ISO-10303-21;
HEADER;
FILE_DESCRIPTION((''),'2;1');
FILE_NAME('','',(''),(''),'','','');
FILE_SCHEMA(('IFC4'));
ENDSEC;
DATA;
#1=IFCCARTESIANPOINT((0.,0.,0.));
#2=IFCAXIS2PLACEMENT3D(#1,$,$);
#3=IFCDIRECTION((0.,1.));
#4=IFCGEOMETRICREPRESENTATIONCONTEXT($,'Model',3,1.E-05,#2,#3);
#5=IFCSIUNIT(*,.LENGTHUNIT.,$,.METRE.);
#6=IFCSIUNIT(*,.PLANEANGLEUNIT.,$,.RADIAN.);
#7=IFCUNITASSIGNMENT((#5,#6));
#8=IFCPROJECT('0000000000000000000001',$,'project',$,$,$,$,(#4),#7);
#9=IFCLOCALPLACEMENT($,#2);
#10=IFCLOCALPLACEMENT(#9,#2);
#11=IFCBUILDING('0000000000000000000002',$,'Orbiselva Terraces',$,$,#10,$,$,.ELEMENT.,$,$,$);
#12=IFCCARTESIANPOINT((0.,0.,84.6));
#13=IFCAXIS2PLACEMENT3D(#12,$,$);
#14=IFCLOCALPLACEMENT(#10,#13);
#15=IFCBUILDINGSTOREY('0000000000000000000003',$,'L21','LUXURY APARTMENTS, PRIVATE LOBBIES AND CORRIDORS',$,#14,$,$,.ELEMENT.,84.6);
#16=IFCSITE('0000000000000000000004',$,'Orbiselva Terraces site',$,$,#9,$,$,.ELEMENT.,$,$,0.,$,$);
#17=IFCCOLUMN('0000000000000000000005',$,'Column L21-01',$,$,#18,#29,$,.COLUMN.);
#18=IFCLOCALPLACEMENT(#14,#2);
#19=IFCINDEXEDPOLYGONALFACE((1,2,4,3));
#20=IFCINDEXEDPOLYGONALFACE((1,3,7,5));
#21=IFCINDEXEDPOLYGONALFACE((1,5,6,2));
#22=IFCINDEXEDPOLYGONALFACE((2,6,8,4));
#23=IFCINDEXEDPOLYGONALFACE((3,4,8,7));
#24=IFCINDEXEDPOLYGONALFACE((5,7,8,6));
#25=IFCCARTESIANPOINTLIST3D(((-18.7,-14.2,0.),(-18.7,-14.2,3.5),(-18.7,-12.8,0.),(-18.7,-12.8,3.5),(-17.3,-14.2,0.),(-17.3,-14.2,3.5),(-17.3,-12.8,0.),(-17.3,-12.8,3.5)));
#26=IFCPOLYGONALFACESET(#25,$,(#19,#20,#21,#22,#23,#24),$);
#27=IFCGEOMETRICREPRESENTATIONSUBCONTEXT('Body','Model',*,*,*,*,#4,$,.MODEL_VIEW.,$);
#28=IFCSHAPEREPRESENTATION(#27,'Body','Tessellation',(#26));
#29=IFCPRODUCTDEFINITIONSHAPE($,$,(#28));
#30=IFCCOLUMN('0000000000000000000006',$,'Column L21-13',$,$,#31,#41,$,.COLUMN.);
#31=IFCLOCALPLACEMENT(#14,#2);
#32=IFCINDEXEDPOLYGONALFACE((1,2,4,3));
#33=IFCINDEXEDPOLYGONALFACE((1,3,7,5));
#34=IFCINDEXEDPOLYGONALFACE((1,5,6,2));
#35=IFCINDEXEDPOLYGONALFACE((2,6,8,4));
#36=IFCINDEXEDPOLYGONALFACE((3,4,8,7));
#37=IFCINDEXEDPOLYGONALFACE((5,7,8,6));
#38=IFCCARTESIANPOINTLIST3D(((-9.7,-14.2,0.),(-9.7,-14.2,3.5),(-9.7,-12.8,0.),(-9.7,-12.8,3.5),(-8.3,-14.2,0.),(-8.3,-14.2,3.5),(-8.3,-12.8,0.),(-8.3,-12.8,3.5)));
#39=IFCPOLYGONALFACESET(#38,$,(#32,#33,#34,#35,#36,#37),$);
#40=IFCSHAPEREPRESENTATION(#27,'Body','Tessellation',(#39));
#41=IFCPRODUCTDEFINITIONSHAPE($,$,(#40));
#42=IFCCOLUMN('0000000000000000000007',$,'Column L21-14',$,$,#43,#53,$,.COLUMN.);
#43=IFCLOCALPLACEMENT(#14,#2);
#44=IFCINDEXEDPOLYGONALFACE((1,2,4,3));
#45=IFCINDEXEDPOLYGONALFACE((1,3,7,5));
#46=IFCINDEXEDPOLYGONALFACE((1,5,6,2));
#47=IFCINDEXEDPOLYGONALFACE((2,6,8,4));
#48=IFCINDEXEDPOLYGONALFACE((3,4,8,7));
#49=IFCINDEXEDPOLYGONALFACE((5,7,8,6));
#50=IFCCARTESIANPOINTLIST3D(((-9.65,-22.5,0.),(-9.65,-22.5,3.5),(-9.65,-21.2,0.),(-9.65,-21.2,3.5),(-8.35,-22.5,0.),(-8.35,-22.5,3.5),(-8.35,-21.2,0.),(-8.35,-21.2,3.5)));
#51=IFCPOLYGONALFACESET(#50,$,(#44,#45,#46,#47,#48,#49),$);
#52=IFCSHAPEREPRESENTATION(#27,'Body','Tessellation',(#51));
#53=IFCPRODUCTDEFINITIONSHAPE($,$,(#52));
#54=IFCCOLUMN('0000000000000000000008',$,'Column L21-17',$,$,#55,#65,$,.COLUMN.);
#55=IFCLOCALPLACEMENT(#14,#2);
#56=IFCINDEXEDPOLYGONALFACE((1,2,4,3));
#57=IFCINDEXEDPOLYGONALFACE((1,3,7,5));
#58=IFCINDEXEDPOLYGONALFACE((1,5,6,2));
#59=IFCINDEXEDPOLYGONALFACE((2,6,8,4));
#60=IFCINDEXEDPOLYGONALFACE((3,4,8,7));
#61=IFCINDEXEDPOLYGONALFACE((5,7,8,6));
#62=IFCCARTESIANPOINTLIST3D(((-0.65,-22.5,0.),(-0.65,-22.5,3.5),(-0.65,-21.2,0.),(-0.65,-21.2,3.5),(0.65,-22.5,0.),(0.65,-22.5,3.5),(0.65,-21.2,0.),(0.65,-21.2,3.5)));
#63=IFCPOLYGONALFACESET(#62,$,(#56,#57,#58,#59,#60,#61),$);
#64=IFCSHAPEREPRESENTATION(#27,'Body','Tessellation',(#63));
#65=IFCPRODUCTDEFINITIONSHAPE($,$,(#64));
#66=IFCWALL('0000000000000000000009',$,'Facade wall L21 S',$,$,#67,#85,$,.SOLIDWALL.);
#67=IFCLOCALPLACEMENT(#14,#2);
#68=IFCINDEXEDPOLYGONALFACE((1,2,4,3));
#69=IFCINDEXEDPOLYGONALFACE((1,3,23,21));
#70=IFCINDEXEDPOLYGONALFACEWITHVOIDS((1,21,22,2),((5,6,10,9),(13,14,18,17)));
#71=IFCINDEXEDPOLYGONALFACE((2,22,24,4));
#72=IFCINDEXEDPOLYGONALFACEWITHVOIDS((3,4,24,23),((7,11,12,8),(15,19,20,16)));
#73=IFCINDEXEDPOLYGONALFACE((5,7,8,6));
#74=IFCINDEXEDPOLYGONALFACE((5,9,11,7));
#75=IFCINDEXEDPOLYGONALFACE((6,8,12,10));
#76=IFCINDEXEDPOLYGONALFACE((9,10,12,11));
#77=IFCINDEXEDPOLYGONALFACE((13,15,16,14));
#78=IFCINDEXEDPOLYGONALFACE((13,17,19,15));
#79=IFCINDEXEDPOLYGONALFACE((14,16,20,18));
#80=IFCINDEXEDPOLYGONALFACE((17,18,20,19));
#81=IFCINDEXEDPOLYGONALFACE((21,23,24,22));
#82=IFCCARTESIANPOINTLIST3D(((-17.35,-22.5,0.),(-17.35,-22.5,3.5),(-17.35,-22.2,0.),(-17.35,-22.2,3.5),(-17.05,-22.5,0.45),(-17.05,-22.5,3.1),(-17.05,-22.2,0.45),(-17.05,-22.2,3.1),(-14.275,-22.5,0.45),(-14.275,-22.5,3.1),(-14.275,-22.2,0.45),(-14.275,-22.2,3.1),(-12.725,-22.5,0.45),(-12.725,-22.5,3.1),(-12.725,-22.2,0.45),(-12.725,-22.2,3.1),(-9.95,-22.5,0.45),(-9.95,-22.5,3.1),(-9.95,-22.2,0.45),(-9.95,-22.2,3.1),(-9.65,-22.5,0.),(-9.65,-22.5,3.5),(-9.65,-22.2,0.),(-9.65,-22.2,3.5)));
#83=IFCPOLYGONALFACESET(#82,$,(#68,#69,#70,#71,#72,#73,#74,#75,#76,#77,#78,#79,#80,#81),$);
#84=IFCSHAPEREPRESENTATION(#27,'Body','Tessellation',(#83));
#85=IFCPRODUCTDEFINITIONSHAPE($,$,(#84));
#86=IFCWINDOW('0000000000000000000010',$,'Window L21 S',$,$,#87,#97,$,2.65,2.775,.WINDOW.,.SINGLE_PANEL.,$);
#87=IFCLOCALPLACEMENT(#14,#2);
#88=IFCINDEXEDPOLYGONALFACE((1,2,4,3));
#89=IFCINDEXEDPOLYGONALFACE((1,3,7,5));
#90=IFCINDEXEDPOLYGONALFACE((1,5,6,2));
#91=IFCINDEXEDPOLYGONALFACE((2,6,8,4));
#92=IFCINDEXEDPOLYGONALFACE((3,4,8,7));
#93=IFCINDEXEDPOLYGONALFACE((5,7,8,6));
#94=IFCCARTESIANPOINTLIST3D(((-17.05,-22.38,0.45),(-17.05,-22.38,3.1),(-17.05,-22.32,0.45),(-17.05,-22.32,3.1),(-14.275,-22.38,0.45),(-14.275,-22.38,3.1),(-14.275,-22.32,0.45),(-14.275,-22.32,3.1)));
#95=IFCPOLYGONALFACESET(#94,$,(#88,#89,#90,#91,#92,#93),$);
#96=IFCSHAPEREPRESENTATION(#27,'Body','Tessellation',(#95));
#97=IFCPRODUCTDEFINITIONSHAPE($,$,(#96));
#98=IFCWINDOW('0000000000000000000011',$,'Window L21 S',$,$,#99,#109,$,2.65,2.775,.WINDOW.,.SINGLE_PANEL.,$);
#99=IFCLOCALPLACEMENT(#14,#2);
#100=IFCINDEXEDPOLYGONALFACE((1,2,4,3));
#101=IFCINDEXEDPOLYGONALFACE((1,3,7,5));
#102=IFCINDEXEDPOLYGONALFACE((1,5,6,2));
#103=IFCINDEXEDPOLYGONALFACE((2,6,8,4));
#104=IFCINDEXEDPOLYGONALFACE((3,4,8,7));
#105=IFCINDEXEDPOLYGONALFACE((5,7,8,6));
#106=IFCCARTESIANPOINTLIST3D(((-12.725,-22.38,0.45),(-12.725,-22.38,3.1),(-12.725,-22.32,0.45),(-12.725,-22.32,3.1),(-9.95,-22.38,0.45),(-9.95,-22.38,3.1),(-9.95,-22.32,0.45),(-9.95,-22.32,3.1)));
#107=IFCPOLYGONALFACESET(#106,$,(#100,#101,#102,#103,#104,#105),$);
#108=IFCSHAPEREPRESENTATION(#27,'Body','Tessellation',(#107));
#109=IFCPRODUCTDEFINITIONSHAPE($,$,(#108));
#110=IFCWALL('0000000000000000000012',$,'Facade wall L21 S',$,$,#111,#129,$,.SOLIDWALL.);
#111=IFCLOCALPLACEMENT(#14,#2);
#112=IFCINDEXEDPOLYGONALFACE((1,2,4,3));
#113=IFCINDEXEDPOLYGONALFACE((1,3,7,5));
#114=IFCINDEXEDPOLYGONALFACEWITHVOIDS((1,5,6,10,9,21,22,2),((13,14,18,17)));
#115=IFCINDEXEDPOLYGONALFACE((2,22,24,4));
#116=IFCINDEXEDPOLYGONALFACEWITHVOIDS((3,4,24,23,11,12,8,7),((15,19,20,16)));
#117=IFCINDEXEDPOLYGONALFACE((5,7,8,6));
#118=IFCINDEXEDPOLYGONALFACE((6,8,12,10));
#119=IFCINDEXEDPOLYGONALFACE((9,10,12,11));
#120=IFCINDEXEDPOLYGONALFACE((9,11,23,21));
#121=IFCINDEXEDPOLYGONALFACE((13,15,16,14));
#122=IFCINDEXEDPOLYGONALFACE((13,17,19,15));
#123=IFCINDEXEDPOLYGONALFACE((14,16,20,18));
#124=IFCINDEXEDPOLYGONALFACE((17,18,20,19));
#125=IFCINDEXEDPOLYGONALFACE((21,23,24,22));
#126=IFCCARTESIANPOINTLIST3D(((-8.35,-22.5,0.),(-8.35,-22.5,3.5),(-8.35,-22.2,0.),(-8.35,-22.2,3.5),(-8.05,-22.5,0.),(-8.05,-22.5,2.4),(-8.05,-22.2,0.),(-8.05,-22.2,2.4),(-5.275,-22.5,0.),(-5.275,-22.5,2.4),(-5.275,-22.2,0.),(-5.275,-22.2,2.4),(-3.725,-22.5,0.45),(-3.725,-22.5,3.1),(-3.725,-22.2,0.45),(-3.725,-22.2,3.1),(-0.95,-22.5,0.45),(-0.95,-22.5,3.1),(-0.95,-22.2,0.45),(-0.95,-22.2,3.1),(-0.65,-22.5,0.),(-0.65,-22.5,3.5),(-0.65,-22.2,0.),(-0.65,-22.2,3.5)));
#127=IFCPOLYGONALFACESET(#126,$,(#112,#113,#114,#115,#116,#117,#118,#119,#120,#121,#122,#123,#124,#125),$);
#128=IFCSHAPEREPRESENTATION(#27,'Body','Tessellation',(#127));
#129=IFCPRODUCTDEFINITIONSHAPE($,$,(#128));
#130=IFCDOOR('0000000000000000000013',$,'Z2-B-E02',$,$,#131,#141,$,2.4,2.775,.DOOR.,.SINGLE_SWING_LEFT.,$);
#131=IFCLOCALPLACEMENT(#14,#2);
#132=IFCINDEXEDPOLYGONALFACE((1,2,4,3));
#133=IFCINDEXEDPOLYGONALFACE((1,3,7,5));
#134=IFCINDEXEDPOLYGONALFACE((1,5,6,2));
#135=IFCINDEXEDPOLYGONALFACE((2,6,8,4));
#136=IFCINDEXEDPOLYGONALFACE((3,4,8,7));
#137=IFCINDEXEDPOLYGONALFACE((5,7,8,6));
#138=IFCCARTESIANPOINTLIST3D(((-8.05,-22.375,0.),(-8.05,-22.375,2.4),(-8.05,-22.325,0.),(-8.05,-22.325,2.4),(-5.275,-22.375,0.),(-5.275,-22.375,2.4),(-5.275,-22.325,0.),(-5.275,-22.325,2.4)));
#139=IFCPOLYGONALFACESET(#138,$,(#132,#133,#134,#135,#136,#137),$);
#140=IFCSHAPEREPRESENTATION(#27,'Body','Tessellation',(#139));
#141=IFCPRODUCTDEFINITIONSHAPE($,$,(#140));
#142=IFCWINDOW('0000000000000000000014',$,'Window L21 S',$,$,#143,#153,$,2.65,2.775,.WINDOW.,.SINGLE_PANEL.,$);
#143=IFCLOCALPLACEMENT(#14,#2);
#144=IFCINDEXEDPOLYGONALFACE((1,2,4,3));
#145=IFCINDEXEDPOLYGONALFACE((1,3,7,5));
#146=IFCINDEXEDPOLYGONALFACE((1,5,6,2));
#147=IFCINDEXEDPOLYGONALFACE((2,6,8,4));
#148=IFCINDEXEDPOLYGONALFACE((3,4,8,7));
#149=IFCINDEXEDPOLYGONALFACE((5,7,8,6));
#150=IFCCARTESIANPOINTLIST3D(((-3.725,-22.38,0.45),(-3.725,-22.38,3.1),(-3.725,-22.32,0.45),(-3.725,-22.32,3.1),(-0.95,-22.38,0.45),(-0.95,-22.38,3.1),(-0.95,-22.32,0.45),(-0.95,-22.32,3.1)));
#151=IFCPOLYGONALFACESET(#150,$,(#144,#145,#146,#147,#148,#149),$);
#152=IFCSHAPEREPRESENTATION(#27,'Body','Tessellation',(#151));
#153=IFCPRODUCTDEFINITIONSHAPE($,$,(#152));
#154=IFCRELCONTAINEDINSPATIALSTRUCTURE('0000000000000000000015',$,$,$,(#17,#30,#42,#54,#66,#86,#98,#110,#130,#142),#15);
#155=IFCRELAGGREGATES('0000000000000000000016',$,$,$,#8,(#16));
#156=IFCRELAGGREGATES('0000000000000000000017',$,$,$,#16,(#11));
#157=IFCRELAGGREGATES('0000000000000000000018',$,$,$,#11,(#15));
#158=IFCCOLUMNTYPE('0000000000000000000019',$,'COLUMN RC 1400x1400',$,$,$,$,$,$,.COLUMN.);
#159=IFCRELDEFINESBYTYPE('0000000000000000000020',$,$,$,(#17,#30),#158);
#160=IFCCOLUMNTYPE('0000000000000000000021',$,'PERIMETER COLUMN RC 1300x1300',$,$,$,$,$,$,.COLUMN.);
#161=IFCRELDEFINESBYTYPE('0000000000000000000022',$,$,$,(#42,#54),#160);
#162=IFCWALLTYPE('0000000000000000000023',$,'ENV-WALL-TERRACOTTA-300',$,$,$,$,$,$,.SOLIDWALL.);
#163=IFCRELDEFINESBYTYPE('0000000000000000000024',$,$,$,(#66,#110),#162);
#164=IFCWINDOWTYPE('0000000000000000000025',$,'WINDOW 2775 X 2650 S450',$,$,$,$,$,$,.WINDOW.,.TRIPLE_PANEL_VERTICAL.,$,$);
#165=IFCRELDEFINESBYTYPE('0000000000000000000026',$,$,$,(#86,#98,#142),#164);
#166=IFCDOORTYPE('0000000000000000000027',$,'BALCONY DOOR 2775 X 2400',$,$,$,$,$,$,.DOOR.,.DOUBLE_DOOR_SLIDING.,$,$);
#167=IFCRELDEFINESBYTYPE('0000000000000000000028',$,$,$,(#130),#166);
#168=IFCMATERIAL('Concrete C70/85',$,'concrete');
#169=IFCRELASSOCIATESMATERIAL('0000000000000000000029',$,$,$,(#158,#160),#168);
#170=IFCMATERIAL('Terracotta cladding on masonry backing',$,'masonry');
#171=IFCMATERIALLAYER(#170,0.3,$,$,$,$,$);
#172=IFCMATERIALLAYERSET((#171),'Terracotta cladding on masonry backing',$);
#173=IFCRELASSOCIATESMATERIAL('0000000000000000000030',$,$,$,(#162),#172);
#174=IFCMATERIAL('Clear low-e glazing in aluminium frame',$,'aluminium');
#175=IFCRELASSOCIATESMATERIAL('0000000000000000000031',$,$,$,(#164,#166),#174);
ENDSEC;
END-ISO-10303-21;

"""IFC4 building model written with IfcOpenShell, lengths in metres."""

from ifc_helpers import new_model, si_unit, direction, frame, frame_2d, origin, origin_2d, place, context, subcontext, project, spatial, rectangle, extrude, material, layer, layer_set, material_profile, profile_set, type_object, element, fill, save


model = new_model("IFC4")

# Units and contexts
model_context = context("Model", 3, precision=1e-05, world=origin(), true_north=direction((0.0, 1.0)))
body_context = subcontext(model_context, "Body", "Model", "MODEL_VIEW")
ifc_project = project(units=[si_unit("LENGTHUNIT", "METRE"), si_unit("PLANEANGLEUNIT", "RADIAN")], contexts=[model_context])

# Site, building, storey
site_placement = place(None, origin())
site = spatial("IfcSite", under=ifc_project, at=site_placement, Name="Orbiselva Terraces site", CompositionType="ELEMENT", RefElevation=0.0)
building_placement = place(site_placement, origin())
building = spatial("IfcBuilding", under=site, at=building_placement, Name="Orbiselva Terraces", CompositionType="ELEMENT")
storey_placement = place(building_placement, frame((0.0, 0.0, 84.6)))
storey = spatial("IfcBuildingStorey", under=building, at=storey_placement, Name="L21", Description="LUXURY APARTMENTS, PRIVATE LOBBIES AND CORRIDORS", CompositionType="ELEMENT", Elevation=84.6)

# Columns
ifc_material_1 = material(Name="Concrete C70/85", Category="concrete")
ifc_material_profile_1 = material_profile(ifc_material_1, rectangle(XDim=1.4, YDim=1.4, at=origin_2d()), Name="RC 1400x1400")
ifc_profile_set_1 = profile_set([ifc_material_profile_1], Name="Concrete C70/85")
column_type_1 = type_object("IfcColumnType", Name="COLUMN RC 1400x1400", PredefinedType="COLUMN", material=ifc_profile_set_1)
for number, where, z_axis, x_axis, name in (
    (1, (-18.0, -13.5, 0.0), (0.0, 0.0, 1.0), (1.0, 0.0, 0.0), "Column L21-01"),
    (2, (-9.0, -13.5, 0.0), (0.0, 0.0, 1.0), (1.0, 0.0, 0.0), "Column L21-13"),
):
    element("IfcColumn", number, at=place(storey_placement, frame(where, z_axis=z_axis, x_axis=x_axis)), inside=storey, type_object=column_type_1, Name=name, PredefinedType="COLUMN", context=body_context, shape_type="SweptSolid", body=[
        extrude(rectangle(XDim=1.4, YDim=1.4, at=origin_2d()), origin(), (0.0, 0.0, 1.0), 3.5),
    ])
ifc_material_profile_2 = material_profile(ifc_material_1, rectangle(XDim=1.3, YDim=1.3, at=origin_2d()), Name="RC 1300x1300")
ifc_profile_set_2 = profile_set([ifc_material_profile_2], Name="Concrete C70/85")
column_type_2 = type_object("IfcColumnType", Name="PERIMETER COLUMN RC 1300x1300", PredefinedType="COLUMN", material=ifc_profile_set_2)
for number, where, z_axis, x_axis, name in (
    (3, (-9.0, -21.85, 0.0), (0.0, 0.0, 1.0), (1.0, 0.0, 0.0), "Column L21-14"),
    (4, (0.0, -21.85, 0.0), (0.0, 0.0, 1.0), (1.0, 0.0, 0.0), "Column L21-17"),
):
    element("IfcColumn", number, at=place(storey_placement, frame(where, z_axis=z_axis, x_axis=x_axis)), inside=storey, type_object=column_type_2, Name=name, PredefinedType="COLUMN", context=body_context, shape_type="SweptSolid", body=[
        extrude(rectangle(XDim=1.3, YDim=1.3, at=origin_2d()), origin(), (0.0, 0.0, 1.0), 3.5),
    ])

# Wall, openings, windows
ifc_material_2 = material(Name="Terracotta cladding on masonry backing", Category="masonry")
ifc_layer_1 = layer(ifc_material_2, 0.3)
ifc_layer_set_1 = layer_set([ifc_layer_1], Name="Terracotta cladding on masonry backing")
wall_type_1 = type_object("IfcWallType", Name="ENV-WALL-TERRACOTTA-300", PredefinedType="SOLIDWALL", material=ifc_layer_set_1)
wall_1_placement = place(storey_placement, frame((-9.65, -22.35, 0.0), z_axis=(0.0, 0.0, 1.0), x_axis=(-1.0, 0.0, 0.0)))
wall_1 = element("IfcWall", 5, at=wall_1_placement, inside=storey, type_object=wall_type_1, Name="Facade wall L21 S", PredefinedType="SOLIDWALL", context=body_context, shape_type="SweptSolid", body=[
    extrude(rectangle(XDim=7.7, YDim=0.3, at=frame_2d((3.85, 0.0))), origin(), (0.0, 0.0, 1.0), 3.5),
])
opening_1_placement = place(wall_1_placement, frame((4.625, 0.0, 0.45)))
opening_1 = element("IfcOpeningElement", 6, at=opening_1_placement, cuts=wall_1, PredefinedType="OPENING", context=body_context, shape_type="SweptSolid", body=[
    extrude(rectangle(XDim=2.775, YDim=2.65, at=frame_2d((1.3875, 1.325))), frame((0.0, 0.16, 0.0), z_axis=(0.0, -1.0, 0.0), x_axis=(1.0, 0.0, 0.0)), (0.0, 0.0, 1.0), 0.32),
])
opening_2_placement = place(wall_1_placement, frame((0.3, 0.0, 0.45)))
opening_2 = element("IfcOpeningElement", 7, at=opening_2_placement, cuts=wall_1, PredefinedType="OPENING", context=body_context, shape_type="SweptSolid", body=[
    extrude(rectangle(XDim=2.775, YDim=2.65, at=frame_2d((1.3875, 1.325))), frame((0.0, 0.16, 0.0), z_axis=(0.0, -1.0, 0.0), x_axis=(1.0, 0.0, 0.0)), (0.0, 0.0, 1.0), 0.32),
])
ifc_material_3 = material(Name="Clear low-e glazing in aluminium frame", Category="aluminium")
window_type = type_object("IfcWindowType", Name="WINDOW 2775 X 2650 S450", PartitioningType="TRIPLE_PANEL_VERTICAL", PredefinedType="WINDOW", material=ifc_material_3)
window_1_placement = place(opening_1_placement, origin())
window_1 = element("IfcWindow", 8, at=window_1_placement, inside=storey, type_object=window_type, Name="Window L21 S", OverallHeight=2.65, OverallWidth=2.775, PartitioningType="SINGLE_PANEL", PredefinedType="WINDOW", context=body_context, shape_type="SweptSolid", body=[
    extrude(rectangle(XDim=2.775, YDim=2.65, at=frame_2d((1.3875, 1.325))), frame((0.0, 0.03, 0.0), z_axis=(0.0, -1.0, 0.0), x_axis=(1.0, 0.0, 0.0)), (0.0, 0.0, 1.0), 0.06),
])
fill(opening_1, window_1)
window_2_placement = place(opening_2_placement, origin())
window_2 = element("IfcWindow", 9, at=window_2_placement, inside=storey, type_object=window_type, Name="Window L21 S", OverallHeight=2.65, OverallWidth=2.775, PartitioningType="SINGLE_PANEL", PredefinedType="WINDOW", context=body_context, shape_type="SweptSolid", body=[
    extrude(rectangle(XDim=2.775, YDim=2.65, at=frame_2d((1.3875, 1.325))), frame((0.0, 0.03, 0.0), z_axis=(0.0, -1.0, 0.0), x_axis=(1.0, 0.0, 0.0)), (0.0, 0.0, 1.0), 0.06),
])
fill(opening_2, window_2)

# Wall, openings, door, window
wall_2_placement = place(storey_placement, frame((-0.65, -22.35, 0.0), z_axis=(0.0, 0.0, 1.0), x_axis=(-1.0, 0.0, 0.0)))
wall_2 = element("IfcWall", 10, at=wall_2_placement, inside=storey, type_object=wall_type_1, Name="Facade wall L21 S", PredefinedType="SOLIDWALL", context=body_context, shape_type="SweptSolid", body=[
    extrude(rectangle(XDim=7.7, YDim=0.3, at=frame_2d((3.85, 0.0))), origin(), (0.0, 0.0, 1.0), 3.5),
])
opening_3_placement = place(wall_2_placement, frame((4.625, 0.0, 0.0)))
opening_3 = element("IfcOpeningElement", 11, at=opening_3_placement, cuts=wall_2, PredefinedType="OPENING", context=body_context, shape_type="SweptSolid", body=[
    extrude(rectangle(XDim=2.775, YDim=2.4, at=frame_2d((1.3875, 1.2))), frame((0.0, 0.16, 0.0), z_axis=(0.0, -1.0, 0.0), x_axis=(1.0, 0.0, 0.0)), (0.0, 0.0, 1.0), 0.32),
])
opening_4_placement = place(wall_2_placement, frame((0.3, 0.0, 0.45)))
opening_4 = element("IfcOpeningElement", 12, at=opening_4_placement, cuts=wall_2, PredefinedType="OPENING", context=body_context, shape_type="SweptSolid", body=[
    extrude(rectangle(XDim=2.775, YDim=2.65, at=frame_2d((1.3875, 1.325))), frame((0.0, 0.16, 0.0), z_axis=(0.0, -1.0, 0.0), x_axis=(1.0, 0.0, 0.0)), (0.0, 0.0, 1.0), 0.32),
])
door_type_1 = type_object("IfcDoorType", Name="BALCONY DOOR 2775 X 2400", OperationType="DOUBLE_DOOR_SLIDING", PredefinedType="DOOR", material=ifc_material_3)
door_1_placement = place(opening_3_placement, origin())
door_1 = element("IfcDoor", 13, at=door_1_placement, inside=storey, type_object=door_type_1, Name="Z2-B-E02", OperationType="SINGLE_SWING_LEFT", OverallHeight=2.4, OverallWidth=2.775, PredefinedType="DOOR", context=body_context, shape_type="SweptSolid", body=[
    extrude(rectangle(XDim=2.775, YDim=2.4, at=frame_2d((1.3875, 1.2))), frame((0.0, 0.025, 0.0), z_axis=(0.0, -1.0, 0.0), x_axis=(1.0, 0.0, 0.0)), (0.0, 0.0, 1.0), 0.05),
])
fill(opening_3, door_1)
window_3_placement = place(opening_4_placement, origin())
window_3 = element("IfcWindow", 14, at=window_3_placement, inside=storey, type_object=window_type, Name="Window L21 S", OverallHeight=2.65, OverallWidth=2.775, PartitioningType="SINGLE_PANEL", PredefinedType="WINDOW", context=body_context, shape_type="SweptSolid", body=[
    extrude(rectangle(XDim=2.775, YDim=2.65, at=frame_2d((1.3875, 1.325))), frame((0.0, 0.03, 0.0), z_axis=(0.0, -1.0, 0.0), x_axis=(1.0, 0.0, 0.0)), (0.0, 0.0, 1.0), 0.06),
])
fill(opening_4, window_3)

save(model, "model.ifc")
